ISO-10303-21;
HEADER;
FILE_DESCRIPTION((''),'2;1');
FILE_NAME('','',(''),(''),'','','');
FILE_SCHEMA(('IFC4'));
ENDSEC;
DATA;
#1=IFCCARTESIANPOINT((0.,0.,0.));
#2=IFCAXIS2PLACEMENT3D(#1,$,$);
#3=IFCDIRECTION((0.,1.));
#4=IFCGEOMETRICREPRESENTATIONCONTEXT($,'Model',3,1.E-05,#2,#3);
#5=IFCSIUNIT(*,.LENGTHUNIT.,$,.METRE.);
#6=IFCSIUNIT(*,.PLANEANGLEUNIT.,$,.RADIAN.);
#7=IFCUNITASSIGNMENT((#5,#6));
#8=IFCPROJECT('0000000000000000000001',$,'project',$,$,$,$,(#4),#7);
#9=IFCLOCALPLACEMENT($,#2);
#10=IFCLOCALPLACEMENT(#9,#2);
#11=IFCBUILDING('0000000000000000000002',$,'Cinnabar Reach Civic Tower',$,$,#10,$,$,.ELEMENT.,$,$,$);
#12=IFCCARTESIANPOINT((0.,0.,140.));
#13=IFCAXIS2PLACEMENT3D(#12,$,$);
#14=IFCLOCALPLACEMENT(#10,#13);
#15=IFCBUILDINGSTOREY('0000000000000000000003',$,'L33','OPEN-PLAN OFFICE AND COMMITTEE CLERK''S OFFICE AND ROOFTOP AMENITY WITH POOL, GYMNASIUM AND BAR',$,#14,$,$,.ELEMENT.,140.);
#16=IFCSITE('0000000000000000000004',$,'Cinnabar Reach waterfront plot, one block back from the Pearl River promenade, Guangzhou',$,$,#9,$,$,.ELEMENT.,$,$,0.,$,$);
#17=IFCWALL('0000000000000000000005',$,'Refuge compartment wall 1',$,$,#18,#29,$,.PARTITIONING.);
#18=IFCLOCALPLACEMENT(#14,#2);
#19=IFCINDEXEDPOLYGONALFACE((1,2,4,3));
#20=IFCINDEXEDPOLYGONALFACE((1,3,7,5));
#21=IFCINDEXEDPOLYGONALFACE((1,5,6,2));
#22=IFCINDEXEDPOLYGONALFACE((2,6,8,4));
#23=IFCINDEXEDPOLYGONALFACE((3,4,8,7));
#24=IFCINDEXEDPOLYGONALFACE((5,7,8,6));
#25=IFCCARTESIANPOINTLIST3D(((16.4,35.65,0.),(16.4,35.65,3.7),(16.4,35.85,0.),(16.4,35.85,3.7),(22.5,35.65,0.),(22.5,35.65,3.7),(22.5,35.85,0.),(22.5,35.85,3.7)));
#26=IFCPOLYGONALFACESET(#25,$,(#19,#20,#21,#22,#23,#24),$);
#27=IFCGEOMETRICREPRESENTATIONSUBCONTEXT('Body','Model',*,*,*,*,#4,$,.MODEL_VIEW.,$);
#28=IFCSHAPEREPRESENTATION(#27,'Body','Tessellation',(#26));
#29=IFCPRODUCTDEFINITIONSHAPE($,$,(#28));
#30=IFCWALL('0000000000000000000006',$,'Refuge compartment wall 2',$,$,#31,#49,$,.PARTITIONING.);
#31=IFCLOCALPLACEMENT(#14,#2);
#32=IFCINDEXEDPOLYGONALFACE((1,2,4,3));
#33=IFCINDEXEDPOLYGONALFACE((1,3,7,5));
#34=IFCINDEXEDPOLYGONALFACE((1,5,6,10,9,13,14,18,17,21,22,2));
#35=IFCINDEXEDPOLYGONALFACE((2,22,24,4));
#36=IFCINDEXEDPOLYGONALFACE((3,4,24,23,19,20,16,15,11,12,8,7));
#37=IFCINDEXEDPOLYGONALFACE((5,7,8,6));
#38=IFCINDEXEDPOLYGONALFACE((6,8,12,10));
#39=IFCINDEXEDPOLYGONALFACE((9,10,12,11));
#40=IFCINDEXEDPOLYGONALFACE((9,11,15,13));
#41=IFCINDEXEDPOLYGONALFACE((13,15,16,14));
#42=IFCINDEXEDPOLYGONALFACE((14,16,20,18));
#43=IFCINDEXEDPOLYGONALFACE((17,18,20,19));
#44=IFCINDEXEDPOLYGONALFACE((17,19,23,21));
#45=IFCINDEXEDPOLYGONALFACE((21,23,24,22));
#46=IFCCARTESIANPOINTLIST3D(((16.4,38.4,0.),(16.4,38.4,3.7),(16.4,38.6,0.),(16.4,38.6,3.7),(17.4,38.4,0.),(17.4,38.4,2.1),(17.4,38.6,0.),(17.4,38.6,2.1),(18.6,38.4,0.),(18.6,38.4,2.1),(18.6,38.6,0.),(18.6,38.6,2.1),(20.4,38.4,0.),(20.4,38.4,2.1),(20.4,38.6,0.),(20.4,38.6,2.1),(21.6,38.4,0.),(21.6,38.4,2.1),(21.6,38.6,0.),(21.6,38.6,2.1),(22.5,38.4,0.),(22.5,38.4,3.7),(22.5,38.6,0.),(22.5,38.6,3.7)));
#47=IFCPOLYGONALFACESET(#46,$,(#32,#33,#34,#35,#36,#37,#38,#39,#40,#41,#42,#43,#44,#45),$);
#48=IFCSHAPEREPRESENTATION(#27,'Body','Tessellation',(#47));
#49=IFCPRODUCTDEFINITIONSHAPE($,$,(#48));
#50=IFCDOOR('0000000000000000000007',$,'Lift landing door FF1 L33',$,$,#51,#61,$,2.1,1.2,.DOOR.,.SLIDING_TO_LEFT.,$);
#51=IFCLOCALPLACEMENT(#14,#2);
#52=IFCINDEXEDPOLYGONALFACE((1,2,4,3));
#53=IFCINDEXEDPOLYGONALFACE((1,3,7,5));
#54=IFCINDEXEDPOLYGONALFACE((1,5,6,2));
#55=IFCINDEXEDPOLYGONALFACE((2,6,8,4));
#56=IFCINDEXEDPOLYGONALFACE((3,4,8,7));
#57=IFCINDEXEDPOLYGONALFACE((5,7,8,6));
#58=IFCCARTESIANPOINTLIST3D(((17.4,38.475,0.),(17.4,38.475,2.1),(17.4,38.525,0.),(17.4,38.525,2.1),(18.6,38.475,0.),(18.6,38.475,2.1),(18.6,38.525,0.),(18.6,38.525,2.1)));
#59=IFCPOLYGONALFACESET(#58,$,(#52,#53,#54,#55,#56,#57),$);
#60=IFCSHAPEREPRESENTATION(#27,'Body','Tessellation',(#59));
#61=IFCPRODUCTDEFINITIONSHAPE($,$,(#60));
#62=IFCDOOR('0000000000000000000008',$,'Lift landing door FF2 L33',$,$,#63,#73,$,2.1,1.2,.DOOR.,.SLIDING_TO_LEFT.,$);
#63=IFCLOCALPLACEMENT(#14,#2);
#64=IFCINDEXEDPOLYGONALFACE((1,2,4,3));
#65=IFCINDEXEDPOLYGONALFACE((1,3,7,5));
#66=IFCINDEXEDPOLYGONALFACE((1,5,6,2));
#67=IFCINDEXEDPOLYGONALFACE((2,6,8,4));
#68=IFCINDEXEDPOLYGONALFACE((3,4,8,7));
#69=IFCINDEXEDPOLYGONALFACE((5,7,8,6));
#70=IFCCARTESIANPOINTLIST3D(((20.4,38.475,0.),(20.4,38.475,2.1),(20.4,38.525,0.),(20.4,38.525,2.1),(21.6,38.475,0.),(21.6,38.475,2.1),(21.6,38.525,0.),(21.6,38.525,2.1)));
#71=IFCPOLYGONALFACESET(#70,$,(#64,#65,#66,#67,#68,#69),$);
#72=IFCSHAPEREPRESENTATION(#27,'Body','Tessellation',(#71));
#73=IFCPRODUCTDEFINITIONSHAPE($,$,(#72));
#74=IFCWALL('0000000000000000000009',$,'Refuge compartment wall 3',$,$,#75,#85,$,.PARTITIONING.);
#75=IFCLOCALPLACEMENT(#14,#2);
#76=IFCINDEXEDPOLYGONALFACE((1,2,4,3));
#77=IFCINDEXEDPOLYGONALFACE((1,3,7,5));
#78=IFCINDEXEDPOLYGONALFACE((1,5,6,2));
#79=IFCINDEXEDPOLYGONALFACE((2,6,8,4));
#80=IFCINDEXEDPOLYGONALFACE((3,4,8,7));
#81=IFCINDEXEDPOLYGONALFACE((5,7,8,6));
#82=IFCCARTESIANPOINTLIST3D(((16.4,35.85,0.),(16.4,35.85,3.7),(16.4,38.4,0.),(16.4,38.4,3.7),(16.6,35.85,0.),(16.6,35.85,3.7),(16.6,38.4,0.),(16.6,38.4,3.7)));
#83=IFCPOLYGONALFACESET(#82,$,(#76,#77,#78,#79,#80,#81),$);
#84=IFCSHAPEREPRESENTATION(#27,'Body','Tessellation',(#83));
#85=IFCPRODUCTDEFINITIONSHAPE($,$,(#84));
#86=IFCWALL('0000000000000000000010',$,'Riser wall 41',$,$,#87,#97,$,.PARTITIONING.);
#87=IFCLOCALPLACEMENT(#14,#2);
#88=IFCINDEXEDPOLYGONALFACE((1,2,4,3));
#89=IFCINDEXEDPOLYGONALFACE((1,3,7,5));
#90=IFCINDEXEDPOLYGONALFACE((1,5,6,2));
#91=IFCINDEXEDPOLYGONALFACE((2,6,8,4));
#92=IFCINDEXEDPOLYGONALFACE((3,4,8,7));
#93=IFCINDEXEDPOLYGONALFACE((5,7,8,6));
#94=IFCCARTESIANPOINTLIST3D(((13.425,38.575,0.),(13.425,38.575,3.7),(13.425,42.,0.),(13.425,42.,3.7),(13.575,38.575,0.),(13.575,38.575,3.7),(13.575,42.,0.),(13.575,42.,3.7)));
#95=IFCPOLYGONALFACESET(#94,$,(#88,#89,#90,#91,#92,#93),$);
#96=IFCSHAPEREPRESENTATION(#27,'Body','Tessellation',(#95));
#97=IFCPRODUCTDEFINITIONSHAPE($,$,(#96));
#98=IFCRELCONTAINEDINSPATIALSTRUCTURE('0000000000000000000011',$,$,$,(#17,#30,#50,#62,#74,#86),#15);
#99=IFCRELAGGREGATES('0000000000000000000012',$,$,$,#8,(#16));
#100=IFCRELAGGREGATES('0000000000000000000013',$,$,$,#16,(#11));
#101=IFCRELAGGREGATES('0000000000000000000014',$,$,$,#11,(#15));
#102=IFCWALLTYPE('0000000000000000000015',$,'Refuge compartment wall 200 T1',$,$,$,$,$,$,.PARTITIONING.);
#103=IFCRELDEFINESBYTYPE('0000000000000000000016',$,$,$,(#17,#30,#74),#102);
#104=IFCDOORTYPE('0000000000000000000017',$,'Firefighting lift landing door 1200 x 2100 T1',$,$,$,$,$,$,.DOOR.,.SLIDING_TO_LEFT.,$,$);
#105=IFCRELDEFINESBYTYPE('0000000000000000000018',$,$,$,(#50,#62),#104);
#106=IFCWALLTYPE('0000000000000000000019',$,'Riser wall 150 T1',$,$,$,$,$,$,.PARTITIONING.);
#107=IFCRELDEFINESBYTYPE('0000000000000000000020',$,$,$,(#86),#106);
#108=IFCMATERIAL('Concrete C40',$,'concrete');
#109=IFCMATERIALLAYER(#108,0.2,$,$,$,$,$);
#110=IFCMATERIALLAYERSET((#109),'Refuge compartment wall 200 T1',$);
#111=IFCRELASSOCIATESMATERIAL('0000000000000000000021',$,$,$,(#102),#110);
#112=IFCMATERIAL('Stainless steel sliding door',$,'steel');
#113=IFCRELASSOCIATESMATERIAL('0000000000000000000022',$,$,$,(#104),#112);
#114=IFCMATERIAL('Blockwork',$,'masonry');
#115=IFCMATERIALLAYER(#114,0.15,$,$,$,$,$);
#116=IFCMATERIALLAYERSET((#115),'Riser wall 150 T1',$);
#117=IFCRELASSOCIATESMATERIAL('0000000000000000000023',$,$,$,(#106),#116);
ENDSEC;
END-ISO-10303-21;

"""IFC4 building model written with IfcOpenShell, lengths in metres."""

from ifc_helpers import new_model, si_unit, direction, frame, frame_2d, origin, place, context, subcontext, project, spatial, rectangle, extrude, material, layer, layer_set, type_object, element, fill, save


model = new_model("IFC4")

# Units and contexts
model_context = context("Model", 3, precision=1e-05, world=origin(), true_north=direction((0.0, 1.0)))
body_context = subcontext(model_context, "Body", "Model", "MODEL_VIEW")
ifc_project = project(units=[si_unit("LENGTHUNIT", "METRE"), si_unit("PLANEANGLEUNIT", "RADIAN")], contexts=[model_context])

# Site, building, storey
site_placement = place(None, origin())
site = spatial("IfcSite", under=ifc_project, at=site_placement, Name="Cinnabar Reach waterfront plot, one block back from the Pearl River promenade, Guangzhou", CompositionType="ELEMENT", RefElevation=0.0)
building_placement = place(site_placement, origin())
building = spatial("IfcBuilding", under=site, at=building_placement, Name="Cinnabar Reach Civic Tower", CompositionType="ELEMENT")
storey_placement = place(building_placement, frame((0.0, 0.0, 140.0)))
storey = spatial("IfcBuildingStorey", under=building, at=storey_placement, Name="L33", Description="OPEN-PLAN OFFICE AND COMMITTEE CLERK'S OFFICE AND ROOFTOP AMENITY WITH POOL, GYMNASIUM AND BAR", CompositionType="ELEMENT", Elevation=140.0)

# Shared definitions
ifc_material_1 = material(Name="Blockwork", Category="masonry")

# Wall
ifc_material_2 = material(Name="Concrete C40", Category="concrete")
ifc_layer_1 = layer(ifc_material_2, 0.2)
ifc_layer_set_1 = layer_set([ifc_layer_1], Name="Refuge compartment wall 200 T1")
wall_type_1 = type_object("IfcWallType", Name="Refuge compartment wall 200 T1", PredefinedType="PARTITIONING", material=ifc_layer_set_1)
wall_1_placement = place(storey_placement, frame((16.4, 35.75, 0.0), z_axis=(0.0, 0.0, 1.0), x_axis=(1.0, 0.0, 0.0)))
element("IfcWall", 1, at=wall_1_placement, inside=storey, type_object=wall_type_1, Name="Refuge compartment wall 1", PredefinedType="PARTITIONING", context=body_context, shape_type="SweptSolid", body=[
    extrude(rectangle(XDim=6.1, YDim=0.2, at=frame_2d((3.05, 0.0))), origin(), (0.0, 0.0, 1.0), 3.7),
])

# Wall, openings, doors
wall_2_placement = place(storey_placement, frame((16.4, 38.5, 0.0), z_axis=(0.0, 0.0, 1.0), x_axis=(1.0, 0.0, 0.0)))
wall_2 = element("IfcWall", 2, at=wall_2_placement, inside=storey, type_object=wall_type_1, Name="Refuge compartment wall 2", PredefinedType="PARTITIONING", context=body_context, shape_type="SweptSolid", body=[
    extrude(rectangle(XDim=6.1, YDim=0.2, at=frame_2d((3.05, 0.0))), origin(), (0.0, 0.0, 1.0), 3.7),
])
opening_1_placement = place(wall_2_placement, frame((1.0, 0.0, 0.0)))
opening_1 = element("IfcOpeningElement", 3, at=opening_1_placement, cuts=wall_2, PredefinedType="OPENING", context=body_context, shape_type="SweptSolid", body=[
    extrude(rectangle(XDim=1.2, YDim=2.1, at=frame_2d((0.6, 1.05))), frame((0.0, 0.11, 0.0), z_axis=(0.0, -1.0, 0.0), x_axis=(1.0, 0.0, 0.0)), (0.0, 0.0, 1.0), 0.22),
])
opening_2_placement = place(wall_2_placement, frame((4.0, 0.0, 0.0)))
opening_2 = element("IfcOpeningElement", 4, at=opening_2_placement, cuts=wall_2, PredefinedType="OPENING", context=body_context, shape_type="SweptSolid", body=[
    extrude(rectangle(XDim=1.2, YDim=2.1, at=frame_2d((0.6, 1.05))), frame((0.0, 0.11, 0.0), z_axis=(0.0, -1.0, 0.0), x_axis=(1.0, 0.0, 0.0)), (0.0, 0.0, 1.0), 0.22),
])
ifc_material_3 = material(Name="Stainless steel sliding door", Category="steel")
door_type_1 = type_object("IfcDoorType", Name="Firefighting lift landing door 1200 x 2100 T1", OperationType="SLIDING_TO_LEFT", PredefinedType="DOOR", material=ifc_material_3)
door_1_placement = place(opening_1_placement, origin())
door_1 = element("IfcDoor", 5, at=door_1_placement, inside=storey, type_object=door_type_1, Name="Lift landing door FF1 L33", OperationType="SLIDING_TO_LEFT", OverallHeight=2.1, OverallWidth=1.2, PredefinedType="DOOR", context=body_context, shape_type="SweptSolid", body=[
    extrude(rectangle(XDim=1.2, YDim=2.1, at=frame_2d((0.6, 1.05))), frame((0.0, 0.025, 0.0), z_axis=(0.0, -1.0, 0.0), x_axis=(1.0, 0.0, 0.0)), (0.0, 0.0, 1.0), 0.05),
])
fill(opening_1, door_1)
door_2_placement = place(opening_2_placement, origin())
door_2 = element("IfcDoor", 6, at=door_2_placement, inside=storey, type_object=door_type_1, Name="Lift landing door FF2 L33", OperationType="SLIDING_TO_LEFT", OverallHeight=2.1, OverallWidth=1.2, PredefinedType="DOOR", context=body_context, shape_type="SweptSolid", body=[
    extrude(rectangle(XDim=1.2, YDim=2.1, at=frame_2d((0.6, 1.05))), frame((0.0, 0.025, 0.0), z_axis=(0.0, -1.0, 0.0), x_axis=(1.0, 0.0, 0.0)), (0.0, 0.0, 1.0), 0.05),
])
fill(opening_2, door_2)

# Walls
wall_3_placement = place(storey_placement, frame((16.5, 35.85, 0.0), z_axis=(0.0, 0.0, 1.0), x_axis=(0.0, 1.0, 0.0)))
element("IfcWall", 7, at=wall_3_placement, inside=storey, type_object=wall_type_1, Name="Refuge compartment wall 3", PredefinedType="PARTITIONING", context=body_context, shape_type="SweptSolid", body=[
    extrude(rectangle(XDim=2.55, YDim=0.2, at=frame_2d((1.275, 0.0))), origin(), (0.0, 0.0, 1.0), 3.7),
])
ifc_layer_2 = layer(ifc_material_1, 0.15)
ifc_layer_set_2 = layer_set([ifc_layer_2], Name="Riser wall 150 T1")
wall_type_2 = type_object("IfcWallType", Name="Riser wall 150 T1", PredefinedType="PARTITIONING", material=ifc_layer_set_2)
wall_4_placement = place(storey_placement, frame((13.5, 38.575, 0.0), z_axis=(0.0, 0.0, 1.0), x_axis=(0.0, 1.0, 0.0)))
element("IfcWall", 8, at=wall_4_placement, inside=storey, type_object=wall_type_2, Name="Riser wall 41", PredefinedType="PARTITIONING", context=body_context, shape_type="SweptSolid", body=[
    extrude(rectangle(XDim=3.425, YDim=0.15, at=frame_2d((1.7125, 0.0))), origin(), (0.0, 0.0, 1.0), 3.7),
])

save(model, "model.ifc")
